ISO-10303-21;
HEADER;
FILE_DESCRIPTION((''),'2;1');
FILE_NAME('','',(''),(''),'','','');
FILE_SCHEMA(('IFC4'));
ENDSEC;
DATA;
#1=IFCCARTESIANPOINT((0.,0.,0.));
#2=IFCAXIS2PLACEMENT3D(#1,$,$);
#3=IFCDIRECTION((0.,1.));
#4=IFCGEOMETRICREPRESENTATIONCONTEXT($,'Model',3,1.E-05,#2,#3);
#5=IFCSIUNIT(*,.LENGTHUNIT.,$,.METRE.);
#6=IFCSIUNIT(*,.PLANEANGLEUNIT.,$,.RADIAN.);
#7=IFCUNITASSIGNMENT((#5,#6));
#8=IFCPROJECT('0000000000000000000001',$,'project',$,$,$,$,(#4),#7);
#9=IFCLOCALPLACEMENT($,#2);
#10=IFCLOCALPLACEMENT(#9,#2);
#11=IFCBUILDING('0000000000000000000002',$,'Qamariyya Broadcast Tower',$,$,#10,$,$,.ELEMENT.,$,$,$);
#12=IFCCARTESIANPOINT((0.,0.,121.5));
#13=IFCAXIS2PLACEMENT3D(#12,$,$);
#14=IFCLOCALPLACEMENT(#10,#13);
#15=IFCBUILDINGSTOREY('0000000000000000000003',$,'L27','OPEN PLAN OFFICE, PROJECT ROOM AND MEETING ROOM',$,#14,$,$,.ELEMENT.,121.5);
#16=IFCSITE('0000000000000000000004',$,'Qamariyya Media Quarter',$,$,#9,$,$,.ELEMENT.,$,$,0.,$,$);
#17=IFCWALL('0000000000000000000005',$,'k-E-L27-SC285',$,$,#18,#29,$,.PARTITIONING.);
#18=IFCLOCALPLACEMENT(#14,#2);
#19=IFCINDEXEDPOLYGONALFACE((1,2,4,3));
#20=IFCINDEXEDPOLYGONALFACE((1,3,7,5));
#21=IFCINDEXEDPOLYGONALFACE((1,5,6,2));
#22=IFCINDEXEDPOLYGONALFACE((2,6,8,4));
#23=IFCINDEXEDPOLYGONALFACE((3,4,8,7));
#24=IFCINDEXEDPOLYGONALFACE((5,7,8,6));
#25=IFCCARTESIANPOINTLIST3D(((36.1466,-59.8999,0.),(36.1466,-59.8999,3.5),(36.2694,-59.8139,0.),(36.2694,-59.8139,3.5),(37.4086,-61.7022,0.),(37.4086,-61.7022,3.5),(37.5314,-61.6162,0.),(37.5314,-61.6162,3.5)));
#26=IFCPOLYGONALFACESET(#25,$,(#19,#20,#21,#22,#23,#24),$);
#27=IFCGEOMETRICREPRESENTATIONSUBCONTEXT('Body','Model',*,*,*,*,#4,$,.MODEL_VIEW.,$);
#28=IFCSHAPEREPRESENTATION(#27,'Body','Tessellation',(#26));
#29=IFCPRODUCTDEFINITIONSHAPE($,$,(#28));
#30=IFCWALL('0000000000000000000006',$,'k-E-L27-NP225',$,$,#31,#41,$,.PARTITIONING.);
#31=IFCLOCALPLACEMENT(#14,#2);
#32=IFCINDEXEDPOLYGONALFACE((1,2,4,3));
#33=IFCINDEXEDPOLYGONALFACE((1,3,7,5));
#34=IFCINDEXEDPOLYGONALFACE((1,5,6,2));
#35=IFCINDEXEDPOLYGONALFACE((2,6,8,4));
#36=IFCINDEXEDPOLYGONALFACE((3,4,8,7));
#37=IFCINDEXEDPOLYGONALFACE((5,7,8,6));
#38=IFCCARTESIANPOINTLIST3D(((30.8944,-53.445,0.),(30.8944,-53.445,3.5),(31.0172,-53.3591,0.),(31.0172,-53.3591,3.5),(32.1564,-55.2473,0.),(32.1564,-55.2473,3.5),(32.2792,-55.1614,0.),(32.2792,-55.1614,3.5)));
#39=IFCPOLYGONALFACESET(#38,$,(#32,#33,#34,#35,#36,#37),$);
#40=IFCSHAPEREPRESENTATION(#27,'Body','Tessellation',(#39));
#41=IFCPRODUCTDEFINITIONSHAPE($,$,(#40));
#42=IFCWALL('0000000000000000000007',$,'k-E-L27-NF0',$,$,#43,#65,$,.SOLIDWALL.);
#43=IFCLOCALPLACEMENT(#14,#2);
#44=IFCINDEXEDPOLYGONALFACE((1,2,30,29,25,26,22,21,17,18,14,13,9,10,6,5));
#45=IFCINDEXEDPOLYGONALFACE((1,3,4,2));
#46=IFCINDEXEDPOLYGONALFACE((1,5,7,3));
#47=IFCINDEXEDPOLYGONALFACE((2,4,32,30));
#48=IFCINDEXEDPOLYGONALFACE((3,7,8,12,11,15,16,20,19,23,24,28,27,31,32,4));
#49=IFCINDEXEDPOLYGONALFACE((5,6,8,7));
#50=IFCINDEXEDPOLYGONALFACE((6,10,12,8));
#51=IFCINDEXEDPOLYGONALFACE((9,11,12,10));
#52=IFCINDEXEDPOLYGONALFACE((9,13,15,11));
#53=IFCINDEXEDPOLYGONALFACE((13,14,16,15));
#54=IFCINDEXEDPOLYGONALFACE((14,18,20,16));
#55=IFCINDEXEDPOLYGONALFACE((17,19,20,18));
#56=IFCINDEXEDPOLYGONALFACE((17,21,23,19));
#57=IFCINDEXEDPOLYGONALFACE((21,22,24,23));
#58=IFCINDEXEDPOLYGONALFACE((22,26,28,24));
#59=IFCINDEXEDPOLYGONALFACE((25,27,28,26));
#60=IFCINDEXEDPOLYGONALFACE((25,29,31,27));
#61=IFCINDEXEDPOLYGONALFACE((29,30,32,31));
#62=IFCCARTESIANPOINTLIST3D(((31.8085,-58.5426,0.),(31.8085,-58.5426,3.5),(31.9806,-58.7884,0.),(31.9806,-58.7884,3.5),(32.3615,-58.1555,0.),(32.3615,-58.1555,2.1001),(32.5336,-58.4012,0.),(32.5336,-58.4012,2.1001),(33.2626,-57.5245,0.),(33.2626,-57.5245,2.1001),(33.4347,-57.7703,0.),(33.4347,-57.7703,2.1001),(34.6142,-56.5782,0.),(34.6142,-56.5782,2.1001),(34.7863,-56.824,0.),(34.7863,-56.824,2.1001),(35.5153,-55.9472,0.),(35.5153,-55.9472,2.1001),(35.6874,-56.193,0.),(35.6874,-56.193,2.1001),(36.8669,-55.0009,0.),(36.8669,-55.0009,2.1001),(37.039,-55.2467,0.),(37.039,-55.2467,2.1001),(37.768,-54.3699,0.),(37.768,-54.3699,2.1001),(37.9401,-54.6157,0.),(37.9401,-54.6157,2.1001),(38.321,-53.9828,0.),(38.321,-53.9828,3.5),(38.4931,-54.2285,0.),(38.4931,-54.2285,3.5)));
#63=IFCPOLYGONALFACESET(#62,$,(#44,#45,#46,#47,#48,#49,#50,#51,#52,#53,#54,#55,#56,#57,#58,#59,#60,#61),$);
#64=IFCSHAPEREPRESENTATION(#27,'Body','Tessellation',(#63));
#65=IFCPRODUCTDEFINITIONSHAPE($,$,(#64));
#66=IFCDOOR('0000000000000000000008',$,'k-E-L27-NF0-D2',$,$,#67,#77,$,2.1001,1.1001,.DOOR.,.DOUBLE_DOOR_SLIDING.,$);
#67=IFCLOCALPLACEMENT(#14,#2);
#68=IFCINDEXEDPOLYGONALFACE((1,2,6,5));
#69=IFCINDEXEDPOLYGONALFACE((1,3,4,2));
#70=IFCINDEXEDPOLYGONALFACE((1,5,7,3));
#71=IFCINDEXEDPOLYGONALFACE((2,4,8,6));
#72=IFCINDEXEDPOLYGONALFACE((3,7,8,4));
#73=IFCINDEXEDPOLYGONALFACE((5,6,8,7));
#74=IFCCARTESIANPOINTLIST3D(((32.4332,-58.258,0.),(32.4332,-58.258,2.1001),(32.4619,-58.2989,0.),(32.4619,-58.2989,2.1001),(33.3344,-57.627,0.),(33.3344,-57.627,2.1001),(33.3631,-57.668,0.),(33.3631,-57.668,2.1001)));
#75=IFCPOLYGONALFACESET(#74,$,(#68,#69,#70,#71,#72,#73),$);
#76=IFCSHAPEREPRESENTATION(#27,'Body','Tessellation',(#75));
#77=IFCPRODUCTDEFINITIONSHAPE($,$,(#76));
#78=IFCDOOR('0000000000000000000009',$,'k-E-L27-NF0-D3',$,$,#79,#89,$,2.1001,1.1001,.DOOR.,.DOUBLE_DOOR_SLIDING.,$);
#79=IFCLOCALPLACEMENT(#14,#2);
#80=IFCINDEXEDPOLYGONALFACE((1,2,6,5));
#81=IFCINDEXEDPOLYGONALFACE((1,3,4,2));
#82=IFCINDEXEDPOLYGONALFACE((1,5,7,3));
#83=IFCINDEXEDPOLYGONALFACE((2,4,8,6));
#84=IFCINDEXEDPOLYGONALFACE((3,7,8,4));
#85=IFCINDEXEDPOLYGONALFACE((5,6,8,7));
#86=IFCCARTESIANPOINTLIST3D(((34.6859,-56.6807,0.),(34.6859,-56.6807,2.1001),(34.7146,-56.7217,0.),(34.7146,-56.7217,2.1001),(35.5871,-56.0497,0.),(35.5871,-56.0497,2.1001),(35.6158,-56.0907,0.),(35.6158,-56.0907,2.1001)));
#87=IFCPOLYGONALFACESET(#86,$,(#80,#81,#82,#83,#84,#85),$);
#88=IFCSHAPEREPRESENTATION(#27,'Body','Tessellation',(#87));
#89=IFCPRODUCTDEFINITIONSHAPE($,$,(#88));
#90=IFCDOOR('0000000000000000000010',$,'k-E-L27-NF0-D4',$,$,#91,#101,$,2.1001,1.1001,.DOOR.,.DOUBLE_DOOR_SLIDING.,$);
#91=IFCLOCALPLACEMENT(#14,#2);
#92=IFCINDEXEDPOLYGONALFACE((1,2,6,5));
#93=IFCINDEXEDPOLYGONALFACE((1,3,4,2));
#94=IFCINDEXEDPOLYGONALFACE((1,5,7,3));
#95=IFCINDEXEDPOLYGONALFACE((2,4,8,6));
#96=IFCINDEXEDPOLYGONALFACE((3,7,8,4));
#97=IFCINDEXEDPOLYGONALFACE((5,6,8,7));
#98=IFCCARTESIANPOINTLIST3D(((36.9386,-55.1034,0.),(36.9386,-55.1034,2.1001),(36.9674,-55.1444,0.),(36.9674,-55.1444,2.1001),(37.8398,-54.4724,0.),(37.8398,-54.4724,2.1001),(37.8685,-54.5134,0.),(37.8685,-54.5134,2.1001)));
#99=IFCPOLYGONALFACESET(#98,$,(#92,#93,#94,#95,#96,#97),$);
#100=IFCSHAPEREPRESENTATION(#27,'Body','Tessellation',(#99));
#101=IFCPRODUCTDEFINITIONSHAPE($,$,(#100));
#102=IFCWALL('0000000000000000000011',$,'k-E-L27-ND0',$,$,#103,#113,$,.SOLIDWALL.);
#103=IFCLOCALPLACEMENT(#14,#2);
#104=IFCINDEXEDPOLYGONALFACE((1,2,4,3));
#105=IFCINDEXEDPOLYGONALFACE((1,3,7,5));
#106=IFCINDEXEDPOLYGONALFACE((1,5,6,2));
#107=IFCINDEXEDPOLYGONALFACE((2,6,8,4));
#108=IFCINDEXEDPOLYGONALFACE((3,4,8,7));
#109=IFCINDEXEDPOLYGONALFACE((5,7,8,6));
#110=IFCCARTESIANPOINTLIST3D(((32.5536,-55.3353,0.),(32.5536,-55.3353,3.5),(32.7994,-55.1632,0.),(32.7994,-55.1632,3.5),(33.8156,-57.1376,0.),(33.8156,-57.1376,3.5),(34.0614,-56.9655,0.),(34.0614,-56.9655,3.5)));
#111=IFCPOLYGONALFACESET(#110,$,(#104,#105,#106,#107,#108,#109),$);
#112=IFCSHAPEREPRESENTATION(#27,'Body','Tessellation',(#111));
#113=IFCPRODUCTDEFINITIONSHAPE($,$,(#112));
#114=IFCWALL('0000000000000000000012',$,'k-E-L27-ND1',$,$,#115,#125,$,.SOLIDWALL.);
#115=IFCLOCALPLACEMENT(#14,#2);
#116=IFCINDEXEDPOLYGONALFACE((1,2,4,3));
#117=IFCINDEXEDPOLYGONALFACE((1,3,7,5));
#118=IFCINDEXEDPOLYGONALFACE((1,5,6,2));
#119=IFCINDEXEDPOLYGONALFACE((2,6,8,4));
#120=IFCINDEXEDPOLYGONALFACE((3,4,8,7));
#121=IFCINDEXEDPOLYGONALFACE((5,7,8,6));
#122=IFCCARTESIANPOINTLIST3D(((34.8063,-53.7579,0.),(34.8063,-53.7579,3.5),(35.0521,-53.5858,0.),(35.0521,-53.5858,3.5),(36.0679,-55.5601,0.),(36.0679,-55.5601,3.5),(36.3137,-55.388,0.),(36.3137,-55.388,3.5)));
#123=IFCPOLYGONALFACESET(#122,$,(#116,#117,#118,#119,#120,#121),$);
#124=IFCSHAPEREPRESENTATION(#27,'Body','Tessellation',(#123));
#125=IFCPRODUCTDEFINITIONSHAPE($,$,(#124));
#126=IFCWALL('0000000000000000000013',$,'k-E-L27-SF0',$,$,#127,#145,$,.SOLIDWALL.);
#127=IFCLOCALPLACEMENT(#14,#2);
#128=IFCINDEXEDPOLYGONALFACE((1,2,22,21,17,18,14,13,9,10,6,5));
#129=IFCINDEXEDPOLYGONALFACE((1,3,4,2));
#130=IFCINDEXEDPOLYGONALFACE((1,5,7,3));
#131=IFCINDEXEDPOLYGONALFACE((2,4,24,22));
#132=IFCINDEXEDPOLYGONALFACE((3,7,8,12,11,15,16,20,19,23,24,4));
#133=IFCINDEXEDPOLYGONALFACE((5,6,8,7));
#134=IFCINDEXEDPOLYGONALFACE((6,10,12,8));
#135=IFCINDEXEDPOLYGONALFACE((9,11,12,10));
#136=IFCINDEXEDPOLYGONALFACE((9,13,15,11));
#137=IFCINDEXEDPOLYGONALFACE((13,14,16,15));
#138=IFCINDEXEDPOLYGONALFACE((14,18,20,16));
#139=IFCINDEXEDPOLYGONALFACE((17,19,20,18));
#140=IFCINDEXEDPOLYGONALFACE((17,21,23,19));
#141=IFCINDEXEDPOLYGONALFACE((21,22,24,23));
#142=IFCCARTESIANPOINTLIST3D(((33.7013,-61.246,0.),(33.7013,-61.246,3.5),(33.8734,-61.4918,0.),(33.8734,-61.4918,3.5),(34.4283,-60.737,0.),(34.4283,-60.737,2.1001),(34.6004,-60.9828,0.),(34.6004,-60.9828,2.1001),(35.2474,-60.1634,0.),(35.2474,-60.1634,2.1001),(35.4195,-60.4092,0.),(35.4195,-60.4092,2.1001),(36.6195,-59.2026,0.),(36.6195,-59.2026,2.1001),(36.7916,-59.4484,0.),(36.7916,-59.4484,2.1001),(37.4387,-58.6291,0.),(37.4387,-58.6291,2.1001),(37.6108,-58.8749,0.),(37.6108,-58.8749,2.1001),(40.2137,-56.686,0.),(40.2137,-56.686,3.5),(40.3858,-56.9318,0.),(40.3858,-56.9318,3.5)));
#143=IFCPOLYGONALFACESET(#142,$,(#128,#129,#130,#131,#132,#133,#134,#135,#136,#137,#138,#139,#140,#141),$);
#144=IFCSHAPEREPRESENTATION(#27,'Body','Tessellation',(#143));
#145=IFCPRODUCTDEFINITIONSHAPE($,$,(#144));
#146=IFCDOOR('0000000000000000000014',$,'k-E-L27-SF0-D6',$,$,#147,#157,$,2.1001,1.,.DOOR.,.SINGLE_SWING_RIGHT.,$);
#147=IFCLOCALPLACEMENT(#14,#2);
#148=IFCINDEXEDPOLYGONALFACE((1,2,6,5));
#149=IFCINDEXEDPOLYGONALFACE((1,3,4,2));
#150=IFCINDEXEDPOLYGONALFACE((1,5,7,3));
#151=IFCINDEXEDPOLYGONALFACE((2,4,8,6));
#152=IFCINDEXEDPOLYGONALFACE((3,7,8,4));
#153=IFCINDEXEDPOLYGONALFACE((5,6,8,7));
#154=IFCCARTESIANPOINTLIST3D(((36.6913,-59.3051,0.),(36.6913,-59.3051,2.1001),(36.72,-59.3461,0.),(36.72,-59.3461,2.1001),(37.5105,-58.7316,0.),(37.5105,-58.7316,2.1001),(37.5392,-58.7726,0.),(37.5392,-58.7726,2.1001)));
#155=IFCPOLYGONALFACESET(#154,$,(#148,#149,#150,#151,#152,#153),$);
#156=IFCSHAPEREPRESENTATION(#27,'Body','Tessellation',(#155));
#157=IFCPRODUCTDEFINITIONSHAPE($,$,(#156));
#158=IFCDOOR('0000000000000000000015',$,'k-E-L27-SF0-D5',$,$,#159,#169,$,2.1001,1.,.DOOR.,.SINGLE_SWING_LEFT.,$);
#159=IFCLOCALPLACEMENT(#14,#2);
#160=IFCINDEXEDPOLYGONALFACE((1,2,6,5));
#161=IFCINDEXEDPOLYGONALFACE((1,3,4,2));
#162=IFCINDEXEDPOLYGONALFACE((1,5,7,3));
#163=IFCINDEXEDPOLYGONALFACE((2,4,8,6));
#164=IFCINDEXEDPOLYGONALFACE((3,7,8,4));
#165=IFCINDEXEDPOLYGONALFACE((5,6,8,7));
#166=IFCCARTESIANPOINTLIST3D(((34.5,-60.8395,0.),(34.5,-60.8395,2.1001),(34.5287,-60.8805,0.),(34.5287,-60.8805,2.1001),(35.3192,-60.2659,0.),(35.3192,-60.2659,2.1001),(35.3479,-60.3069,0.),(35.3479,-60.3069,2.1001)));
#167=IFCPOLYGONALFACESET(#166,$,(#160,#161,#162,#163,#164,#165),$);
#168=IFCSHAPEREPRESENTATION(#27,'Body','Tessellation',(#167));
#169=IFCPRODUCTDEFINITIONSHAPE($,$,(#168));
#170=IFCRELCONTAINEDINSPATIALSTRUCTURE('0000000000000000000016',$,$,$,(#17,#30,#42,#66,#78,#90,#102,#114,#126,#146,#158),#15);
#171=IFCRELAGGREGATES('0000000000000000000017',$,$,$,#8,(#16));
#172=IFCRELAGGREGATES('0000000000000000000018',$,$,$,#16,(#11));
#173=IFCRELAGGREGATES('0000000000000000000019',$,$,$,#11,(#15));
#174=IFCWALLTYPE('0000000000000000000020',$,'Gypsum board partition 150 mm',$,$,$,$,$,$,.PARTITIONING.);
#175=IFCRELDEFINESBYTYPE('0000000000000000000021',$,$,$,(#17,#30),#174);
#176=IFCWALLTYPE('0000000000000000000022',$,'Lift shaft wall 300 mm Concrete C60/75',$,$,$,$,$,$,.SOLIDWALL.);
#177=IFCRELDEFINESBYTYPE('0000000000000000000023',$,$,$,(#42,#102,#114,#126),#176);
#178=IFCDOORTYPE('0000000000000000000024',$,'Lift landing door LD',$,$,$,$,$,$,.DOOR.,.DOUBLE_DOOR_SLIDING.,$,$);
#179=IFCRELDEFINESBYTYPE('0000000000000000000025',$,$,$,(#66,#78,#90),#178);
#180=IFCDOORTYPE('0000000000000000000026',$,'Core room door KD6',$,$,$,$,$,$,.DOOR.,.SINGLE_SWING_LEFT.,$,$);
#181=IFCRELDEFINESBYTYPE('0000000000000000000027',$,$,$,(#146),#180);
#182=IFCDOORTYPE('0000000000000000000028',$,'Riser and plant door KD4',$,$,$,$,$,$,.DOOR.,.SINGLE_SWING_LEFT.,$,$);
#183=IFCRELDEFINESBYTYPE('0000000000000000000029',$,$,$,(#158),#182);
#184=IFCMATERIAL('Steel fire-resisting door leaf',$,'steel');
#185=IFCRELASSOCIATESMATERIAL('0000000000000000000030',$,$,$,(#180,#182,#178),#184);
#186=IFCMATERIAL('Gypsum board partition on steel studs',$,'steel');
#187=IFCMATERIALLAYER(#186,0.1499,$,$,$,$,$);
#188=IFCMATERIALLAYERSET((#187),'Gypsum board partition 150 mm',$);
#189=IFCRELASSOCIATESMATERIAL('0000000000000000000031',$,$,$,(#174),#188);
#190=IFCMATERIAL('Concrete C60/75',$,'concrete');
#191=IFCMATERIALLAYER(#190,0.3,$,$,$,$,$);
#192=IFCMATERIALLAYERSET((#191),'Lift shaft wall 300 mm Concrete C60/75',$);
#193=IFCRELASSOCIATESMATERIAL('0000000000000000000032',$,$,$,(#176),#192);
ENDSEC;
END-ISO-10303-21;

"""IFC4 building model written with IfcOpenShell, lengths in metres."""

from ifc_helpers import new_model, si_unit, direction, frame, frame_2d, origin, place, context, subcontext, project, spatial, rectangle, extrude, material, layer, layer_set, type_object, element, fill, save


model = new_model("IFC4")

# Units and contexts
model_context = context("Model", 3, precision=1e-05, world=origin(), true_north=direction((0.0, 1.0)))
body_context = subcontext(model_context, "Body", "Model", "MODEL_VIEW")
ifc_project = project(units=[si_unit("LENGTHUNIT", "METRE"), si_unit("PLANEANGLEUNIT", "RADIAN")], contexts=[model_context])

# Site, building, storey
site_placement = place(None, origin())
site = spatial("IfcSite", under=ifc_project, at=site_placement, Name="Qamariyya Media Quarter", CompositionType="ELEMENT", RefElevation=0.0)
building_placement = place(site_placement, origin())
building = spatial("IfcBuilding", under=site, at=building_placement, Name="Qamariyya Broadcast Tower", CompositionType="ELEMENT")
storey_placement = place(building_placement, frame((0.0, 0.0, 121.5)))
storey = spatial("IfcBuildingStorey", under=building, at=storey_placement, Name="L27", Description="OPEN PLAN OFFICE, PROJECT ROOM AND MEETING ROOM", CompositionType="ELEMENT", Elevation=121.5)

# Shared definitions
ifc_material_1 = material(Name="Steel fire-resisting door leaf", Category="steel")

# Shared definitions
door_type_1 = type_object("IfcDoorType", Name="Core room door KD6", OperationType="SINGLE_SWING_LEFT", PredefinedType="DOOR", material=ifc_material_1)
door_type_2 = type_object("IfcDoorType", Name="Riser and plant door KD4", OperationType="SINGLE_SWING_LEFT", PredefinedType="DOOR", material=ifc_material_1)

# Walls
ifc_material_2 = material(Name="Concrete C60/75", Category="concrete")
ifc_material_3 = material(Name="Gypsum board partition on steel studs", Category="steel")
ifc_layer_1 = layer(ifc_material_3, 0.1499)
ifc_layer_set_1 = layer_set([ifc_layer_1], Name="Gypsum board partition 150 mm")
wall_type_1 = type_object("IfcWallType", Name="Gypsum board partition 150 mm", PredefinedType="PARTITIONING", material=ifc_layer_set_1)
for number, where, z_axis, x_axis, name in (
    (1, (36.208, -59.8569, 0.0), (0.0, 0.0, 1.0), (0.573581, -0.819149, 0.0), "k-E-L27-SC285"),
    (2, (32.2178, -55.2043, 0.0), (0.0, 0.0, 1.0), (-0.573581, 0.819149, 0.0), "k-E-L27-NP225"),
):
    element("IfcWall", number, at=place(storey_placement, frame(where, z_axis=z_axis, x_axis=x_axis)), inside=storey, type_object=wall_type_1, Name=name, PredefinedType="PARTITIONING", context=body_context, shape_type="SweptSolid", body=[
        extrude(rectangle(XDim=2.2002, YDim=0.1499, at=frame_2d((1.1001, 0.0))), origin(), (0.0, 0.0, 1.0), 3.5),
    ])

# Wall, openings, doors
ifc_layer_2 = layer(ifc_material_2, 0.3)
ifc_layer_set_2 = layer_set([ifc_layer_2], Name="Lift shaft wall 300 mm Concrete C60/75")
wall_type_2 = type_object("IfcWallType", Name="Lift shaft wall 300 mm Concrete C60/75", PredefinedType="SOLIDWALL", material=ifc_layer_set_2)
wall_1_placement = place(storey_placement, frame((31.8945, -58.6655, 0.0), z_axis=(0.0, 0.0, 1.0), x_axis=(0.819167, 0.573555, 0.0)))
wall_1 = element("IfcWall", 3, at=wall_1_placement, inside=storey, type_object=wall_type_2, Name="k-E-L27-NF0", PredefinedType="SOLIDWALL", context=body_context, shape_type="SweptSolid", body=[
    extrude(rectangle(XDim=7.9502, YDim=0.3, at=frame_2d((3.9751, 0.0))), origin(), (0.0, 0.0, 1.0), 3.5),
])
opening_1_placement = place(wall_1_placement, frame((0.675, 0.0, 0.0)))
opening_1 = element("IfcOpeningElement", 4, at=opening_1_placement, cuts=wall_1, PredefinedType="OPENING", context=body_context, shape_type="SweptSolid", body=[
    extrude(rectangle(XDim=1.1001, YDim=2.1001, at=frame_2d((0.55, 1.05))), frame((0.0, 0.1599, 0.0), z_axis=(0.0, -1.0, 0.0), x_axis=(1.0, 0.0, 0.0)), (0.0, 0.0, 1.0), 0.3201),
])
opening_2_placement = place(wall_1_placement, frame((3.425, 0.0, 0.0)))
opening_2 = element("IfcOpeningElement", 5, at=opening_2_placement, cuts=wall_1, PredefinedType="OPENING", context=body_context, shape_type="SweptSolid", body=[
    extrude(rectangle(XDim=1.1001, YDim=2.1001, at=frame_2d((0.55, 1.05))), frame((0.0, 0.1599, 0.0), z_axis=(0.0, -1.0, 0.0), x_axis=(1.0, 0.0, 0.0)), (0.0, 0.0, 1.0), 0.3201),
])
opening_3_placement = place(wall_1_placement, frame((6.175, 0.0, 0.0)))
opening_3 = element("IfcOpeningElement", 6, at=opening_3_placement, cuts=wall_1, PredefinedType="OPENING", context=body_context, shape_type="SweptSolid", body=[
    extrude(rectangle(XDim=1.1001, YDim=2.1001, at=frame_2d((0.55, 1.05))), frame((0.0, 0.1599, 0.0), z_axis=(0.0, -1.0, 0.0), x_axis=(1.0, 0.0, 0.0)), (0.0, 0.0, 1.0), 0.3201),
])
door_type_3 = type_object("IfcDoorType", Name="Lift landing door LD", OperationType="DOUBLE_DOOR_SLIDING", PredefinedType="DOOR", material=ifc_material_1)
door_1_placement = place(opening_1_placement, origin())
door_1 = element("IfcDoor", 7, at=door_1_placement, inside=storey, type_object=door_type_3, Name="k-E-L27-NF0-D2", OperationType="DOUBLE_DOOR_SLIDING", OverallHeight=2.1001, OverallWidth=1.1001, PredefinedType="DOOR", context=body_context, shape_type="SweptSolid", body=[
    extrude(rectangle(XDim=1.1001, YDim=2.1001, at=frame_2d((0.55, 1.05))), frame((0.0, 0.0249, 0.0), z_axis=(0.0, -1.0, 0.0), x_axis=(1.0, 0.0, 0.0)), (0.0, 0.0, 1.0), 0.05),
])
fill(opening_1, door_1)
door_2_placement = place(opening_2_placement, origin())
door_2 = element("IfcDoor", 8, at=door_2_placement, inside=storey, type_object=door_type_3, Name="k-E-L27-NF0-D3", OperationType="DOUBLE_DOOR_SLIDING", OverallHeight=2.1001, OverallWidth=1.1001, PredefinedType="DOOR", context=body_context, shape_type="SweptSolid", body=[
    extrude(rectangle(XDim=1.1001, YDim=2.1001, at=frame_2d((0.55, 1.05))), frame((0.0, 0.0249, 0.0), z_axis=(0.0, -1.0, 0.0), x_axis=(1.0, 0.0, 0.0)), (0.0, 0.0, 1.0), 0.05),
])
fill(opening_2, door_2)
door_3_placement = place(opening_3_placement, origin())
door_3 = element("IfcDoor", 9, at=door_3_placement, inside=storey, type_object=door_type_3, Name="k-E-L27-NF0-D4", OperationType="DOUBLE_DOOR_SLIDING", OverallHeight=2.1001, OverallWidth=1.1001, PredefinedType="DOOR", context=body_context, shape_type="SweptSolid", body=[
    extrude(rectangle(XDim=1.1001, YDim=2.1001, at=frame_2d((0.55, 1.05))), frame((0.0, 0.0249, 0.0), z_axis=(0.0, -1.0, 0.0), x_axis=(1.0, 0.0, 0.0)), (0.0, 0.0, 1.0), 0.05),
])
fill(opening_3, door_3)

# Walls
wall_2_placement = place(storey_placement, frame((33.9385, -57.0515, 0.0), z_axis=(0.0, 0.0, 1.0), x_axis=(-0.573581, 0.819149, 0.0)))
element("IfcWall", 10, at=wall_2_placement, inside=storey, type_object=wall_type_2, Name="k-E-L27-ND0", PredefinedType="SOLIDWALL", context=body_context, shape_type="SweptSolid", body=[
    extrude(rectangle(XDim=2.2002, YDim=0.3, at=frame_2d((1.1001, 0.0))), origin(), (0.0, 0.0, 1.0), 3.5),
])
wall_3_placement = place(storey_placement, frame((36.1909, -55.4741, 0.0), z_axis=(0.0, 0.0, 1.0), x_axis=(-0.573507, 0.819201, 0.0)))
element("IfcWall", 11, at=wall_3_placement, inside=storey, type_object=wall_type_2, Name="k-E-L27-ND1", PredefinedType="SOLIDWALL", context=body_context, shape_type="SweptSolid", body=[
    extrude(rectangle(XDim=2.2, YDim=0.3, at=frame_2d((1.1001, 0.0))), origin(), (0.0, 0.0, 1.0), 3.5),
])

# Wall, openings, doors
wall_4_placement = place(storey_placement, frame((33.7874, -61.3689, 0.0), z_axis=(0.0, 0.0, 1.0), x_axis=(0.819153, 0.573576, 0.0)))
wall_4 = element("IfcWall", 12, at=wall_4_placement, inside=storey, type_object=wall_type_2, Name="k-E-L27-SF0", PredefinedType="SOLIDWALL", context=body_context, shape_type="SweptSolid", body=[
    extrude(rectangle(XDim=7.9502, YDim=0.3, at=frame_2d((3.9751, 0.0))), origin(), (0.0, 0.0, 1.0), 3.5),
])
opening_4_placement = place(wall_4_placement, frame((0.8875, 0.0, 0.0)))
opening_4 = element("IfcOpeningElement", 13, at=opening_4_placement, cuts=wall_4, PredefinedType="OPENING", context=body_context, shape_type="SweptSolid", body=[
    extrude(rectangle(XDim=1.0, YDim=2.1001, at=frame_2d((0.5, 1.05))), frame((0.0, 0.1599, 0.0), z_axis=(0.0, -1.0, 0.0), x_axis=(1.0, 0.0, 0.0)), (0.0, 0.0, 1.0), 0.3201),
])
opening_5_placement = place(wall_4_placement, frame((3.5625, 0.0, 0.0)))
opening_5 = element("IfcOpeningElement", 14, at=opening_5_placement, cuts=wall_4, PredefinedType="OPENING", context=body_context, shape_type="SweptSolid", body=[
    extrude(rectangle(XDim=1.0, YDim=2.1001, at=frame_2d((0.5, 1.05))), frame((0.0, 0.1599, 0.0), z_axis=(0.0, -1.0, 0.0), x_axis=(1.0, 0.0, 0.0)), (0.0, 0.0, 1.0), 0.3201),
])
door_4_placement = place(opening_5_placement, origin())
door_4 = element("IfcDoor", 15, at=door_4_placement, inside=storey, type_object=door_type_1, Name="k-E-L27-SF0-D6", OperationType="SINGLE_SWING_RIGHT", OverallHeight=2.1001, OverallWidth=1.0, PredefinedType="DOOR", context=body_context, shape_type="SweptSolid", body=[
    extrude(rectangle(XDim=1.0, YDim=2.1001, at=frame_2d((0.5, 1.05))), frame((0.0, 0.0249, 0.0), z_axis=(0.0, -1.0, 0.0), x_axis=(1.0, 0.0, 0.0)), (0.0, 0.0, 1.0), 0.05),
])
fill(opening_5, door_4)
door_5_placement = place(opening_4_placement, origin())
door_5 = element("IfcDoor", 16, at=door_5_placement, inside=storey, type_object=door_type_2, Name="k-E-L27-SF0-D5", OperationType="SINGLE_SWING_LEFT", OverallHeight=2.1001, OverallWidth=1.0, PredefinedType="DOOR", context=body_context, shape_type="SweptSolid", body=[
    extrude(rectangle(XDim=1.0, YDim=2.1001, at=frame_2d((0.5, 1.05))), frame((0.0, 0.0249, 0.0), z_axis=(0.0, -1.0, 0.0), x_axis=(1.0, 0.0, 0.0)), (0.0, 0.0, 1.0), 0.05),
])
fill(opening_4, door_5)

save(model, "model.ifc")
